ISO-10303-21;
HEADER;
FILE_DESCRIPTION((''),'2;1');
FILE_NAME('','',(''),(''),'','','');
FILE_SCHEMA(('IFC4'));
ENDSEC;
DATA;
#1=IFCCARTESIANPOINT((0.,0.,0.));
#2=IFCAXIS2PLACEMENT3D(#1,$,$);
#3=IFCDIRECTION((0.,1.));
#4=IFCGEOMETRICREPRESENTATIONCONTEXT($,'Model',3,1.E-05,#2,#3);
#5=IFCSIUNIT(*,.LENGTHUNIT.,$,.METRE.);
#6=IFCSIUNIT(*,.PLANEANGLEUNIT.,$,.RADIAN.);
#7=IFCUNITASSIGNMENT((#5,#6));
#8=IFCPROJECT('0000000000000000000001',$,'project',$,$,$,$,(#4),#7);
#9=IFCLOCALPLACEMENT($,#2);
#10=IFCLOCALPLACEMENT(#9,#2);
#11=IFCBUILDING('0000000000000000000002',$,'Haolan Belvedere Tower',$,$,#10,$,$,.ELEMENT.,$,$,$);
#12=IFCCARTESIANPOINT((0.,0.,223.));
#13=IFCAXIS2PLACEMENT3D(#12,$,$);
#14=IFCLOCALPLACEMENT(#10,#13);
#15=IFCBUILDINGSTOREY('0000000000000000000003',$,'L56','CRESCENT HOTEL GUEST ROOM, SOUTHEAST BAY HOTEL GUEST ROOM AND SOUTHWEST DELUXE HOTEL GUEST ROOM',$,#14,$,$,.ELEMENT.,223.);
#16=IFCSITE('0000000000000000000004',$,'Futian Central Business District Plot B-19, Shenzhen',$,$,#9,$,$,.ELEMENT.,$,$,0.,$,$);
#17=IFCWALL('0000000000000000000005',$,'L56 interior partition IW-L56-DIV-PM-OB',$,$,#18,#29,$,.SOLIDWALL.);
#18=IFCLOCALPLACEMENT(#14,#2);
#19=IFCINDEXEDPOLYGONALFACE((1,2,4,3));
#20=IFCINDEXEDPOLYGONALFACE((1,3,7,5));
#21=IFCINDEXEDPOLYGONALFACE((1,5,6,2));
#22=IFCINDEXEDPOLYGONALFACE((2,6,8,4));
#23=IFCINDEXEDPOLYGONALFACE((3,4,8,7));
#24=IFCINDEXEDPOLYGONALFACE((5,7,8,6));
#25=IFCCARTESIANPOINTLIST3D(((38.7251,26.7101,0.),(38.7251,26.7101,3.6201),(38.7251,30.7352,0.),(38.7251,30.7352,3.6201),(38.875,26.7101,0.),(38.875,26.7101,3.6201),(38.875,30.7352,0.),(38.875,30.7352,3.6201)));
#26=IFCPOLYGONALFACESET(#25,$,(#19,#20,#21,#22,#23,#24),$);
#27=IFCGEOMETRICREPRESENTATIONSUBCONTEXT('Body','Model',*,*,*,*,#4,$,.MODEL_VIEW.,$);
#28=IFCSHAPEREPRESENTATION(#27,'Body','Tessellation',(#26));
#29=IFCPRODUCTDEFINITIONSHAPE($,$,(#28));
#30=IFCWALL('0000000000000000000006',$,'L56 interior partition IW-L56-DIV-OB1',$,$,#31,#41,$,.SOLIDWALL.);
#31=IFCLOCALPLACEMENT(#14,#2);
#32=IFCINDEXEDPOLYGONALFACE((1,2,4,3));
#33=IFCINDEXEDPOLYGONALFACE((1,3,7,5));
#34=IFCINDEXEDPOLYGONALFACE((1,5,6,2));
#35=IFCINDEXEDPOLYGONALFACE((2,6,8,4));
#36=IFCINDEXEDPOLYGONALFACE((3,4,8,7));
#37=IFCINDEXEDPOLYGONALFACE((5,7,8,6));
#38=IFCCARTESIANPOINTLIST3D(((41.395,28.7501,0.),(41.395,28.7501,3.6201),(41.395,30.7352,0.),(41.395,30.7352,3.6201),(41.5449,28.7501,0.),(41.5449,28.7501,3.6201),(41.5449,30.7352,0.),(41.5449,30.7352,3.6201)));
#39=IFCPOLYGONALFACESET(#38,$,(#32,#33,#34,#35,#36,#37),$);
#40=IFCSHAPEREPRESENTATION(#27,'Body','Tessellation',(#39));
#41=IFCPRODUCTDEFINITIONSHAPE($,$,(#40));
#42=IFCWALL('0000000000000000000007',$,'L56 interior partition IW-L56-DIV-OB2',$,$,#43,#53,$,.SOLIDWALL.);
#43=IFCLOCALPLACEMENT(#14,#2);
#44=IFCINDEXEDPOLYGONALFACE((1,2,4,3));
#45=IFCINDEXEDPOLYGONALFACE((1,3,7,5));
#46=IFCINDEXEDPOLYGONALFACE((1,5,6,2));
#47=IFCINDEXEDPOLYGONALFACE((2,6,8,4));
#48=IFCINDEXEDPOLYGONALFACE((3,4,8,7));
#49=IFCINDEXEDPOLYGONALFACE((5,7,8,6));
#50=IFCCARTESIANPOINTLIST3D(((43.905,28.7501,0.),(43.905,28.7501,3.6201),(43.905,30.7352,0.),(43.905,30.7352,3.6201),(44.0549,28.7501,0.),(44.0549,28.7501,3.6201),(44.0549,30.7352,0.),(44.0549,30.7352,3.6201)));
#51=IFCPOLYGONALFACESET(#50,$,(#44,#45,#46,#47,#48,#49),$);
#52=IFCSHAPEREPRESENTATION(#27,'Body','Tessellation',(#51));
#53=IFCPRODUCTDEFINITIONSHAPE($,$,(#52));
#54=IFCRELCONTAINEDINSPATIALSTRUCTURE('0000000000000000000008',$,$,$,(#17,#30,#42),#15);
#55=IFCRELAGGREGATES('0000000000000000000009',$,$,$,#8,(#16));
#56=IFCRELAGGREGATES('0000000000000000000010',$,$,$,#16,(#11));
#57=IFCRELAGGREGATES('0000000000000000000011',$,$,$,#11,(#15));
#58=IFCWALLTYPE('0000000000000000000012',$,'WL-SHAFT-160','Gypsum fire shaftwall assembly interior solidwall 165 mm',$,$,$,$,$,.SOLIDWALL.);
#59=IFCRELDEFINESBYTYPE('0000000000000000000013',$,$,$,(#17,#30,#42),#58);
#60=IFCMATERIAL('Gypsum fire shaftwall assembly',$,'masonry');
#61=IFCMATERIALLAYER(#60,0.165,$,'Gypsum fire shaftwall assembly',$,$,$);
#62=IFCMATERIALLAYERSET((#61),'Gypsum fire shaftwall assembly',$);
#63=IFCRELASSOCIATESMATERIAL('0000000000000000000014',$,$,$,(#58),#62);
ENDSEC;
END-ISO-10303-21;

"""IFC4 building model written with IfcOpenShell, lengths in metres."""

from ifc_helpers import new_model, si_unit, direction, frame, frame_2d, origin, place, context, subcontext, project, spatial, rectangle, extrude, material, layer, layer_set, type_object, element, save


model = new_model("IFC4")

# Units and contexts
model_context = context("Model", 3, precision=1e-05, world=origin(), true_north=direction((0.0, 1.0)))
body_context = subcontext(model_context, "Body", "Model", "MODEL_VIEW")
ifc_project = project(units=[si_unit("LENGTHUNIT", "METRE"), si_unit("PLANEANGLEUNIT", "RADIAN")], contexts=[model_context])

# Site, building, storey
site_placement = place(None, origin())
site = spatial("IfcSite", under=ifc_project, at=site_placement, Name="Futian Central Business District Plot B-19, Shenzhen", CompositionType="ELEMENT", RefElevation=0.0)
building_placement = place(site_placement, origin())
building = spatial("IfcBuilding", under=site, at=building_placement, Name="Haolan Belvedere Tower", CompositionType="ELEMENT")
storey_placement = place(building_placement, frame((0.0, 0.0, 223.0)))
storey = spatial("IfcBuildingStorey", under=building, at=storey_placement, Name="L56", Description="CRESCENT HOTEL GUEST ROOM, SOUTHEAST BAY HOTEL GUEST ROOM AND SOUTHWEST DELUXE HOTEL GUEST ROOM", CompositionType="ELEMENT", Elevation=223.0)

# Shared definitions
ifc_material_1 = material(Name="Gypsum fire shaftwall assembly", Category="masonry")
ifc_layer_1 = layer(ifc_material_1, 0.165, Name="Gypsum fire shaftwall assembly")
ifc_layer_set_1 = layer_set([ifc_layer_1], Name="Gypsum fire shaftwall assembly")
wall_type_1 = type_object("IfcWallType", Name="WL-SHAFT-160", Description="Gypsum fire shaftwall assembly interior solidwall 165 mm", PredefinedType="SOLIDWALL", material=ifc_layer_set_1)

# Walls
wall_1_placement = place(storey_placement, frame((38.8, 26.71, 0.0), z_axis=(0.0, 0.0, 1.0), x_axis=(0.0, 1.0, 0.0)))
element("IfcWall", 1, at=wall_1_placement, inside=storey, type_object=wall_type_1, Name="L56 interior partition IW-L56-DIV-PM-OB", PredefinedType="SOLIDWALL", context=body_context, shape_type="SweptSolid", body=[
    extrude(rectangle(XDim=4.0251, YDim=0.1499, at=frame_2d((2.0127, 0.0))), origin(), (0.0, 0.0, 1.0), 3.6201),
])
for number, where, z_axis, x_axis, name in (
    (2, (41.47, 28.75, 0.0), (0.0, 0.0, 1.0), (0.0, 1.0, 0.0), "L56 interior partition IW-L56-DIV-OB1"),
    (3, (43.98, 28.75, 0.0), (0.0, 0.0, 1.0), (0.0, 1.0, 0.0), "L56 interior partition IW-L56-DIV-OB2"),
):
    element("IfcWall", number, at=place(storey_placement, frame(where, z_axis=z_axis, x_axis=x_axis)), inside=storey, type_object=wall_type_1, Name=name, PredefinedType="SOLIDWALL", context=body_context, shape_type="SweptSolid", body=[
        extrude(rectangle(XDim=1.9851, YDim=0.1499, at=frame_2d((0.9927, 0.0))), origin(), (0.0, 0.0, 1.0), 3.6201),
    ])

save(model, "model.ifc")
